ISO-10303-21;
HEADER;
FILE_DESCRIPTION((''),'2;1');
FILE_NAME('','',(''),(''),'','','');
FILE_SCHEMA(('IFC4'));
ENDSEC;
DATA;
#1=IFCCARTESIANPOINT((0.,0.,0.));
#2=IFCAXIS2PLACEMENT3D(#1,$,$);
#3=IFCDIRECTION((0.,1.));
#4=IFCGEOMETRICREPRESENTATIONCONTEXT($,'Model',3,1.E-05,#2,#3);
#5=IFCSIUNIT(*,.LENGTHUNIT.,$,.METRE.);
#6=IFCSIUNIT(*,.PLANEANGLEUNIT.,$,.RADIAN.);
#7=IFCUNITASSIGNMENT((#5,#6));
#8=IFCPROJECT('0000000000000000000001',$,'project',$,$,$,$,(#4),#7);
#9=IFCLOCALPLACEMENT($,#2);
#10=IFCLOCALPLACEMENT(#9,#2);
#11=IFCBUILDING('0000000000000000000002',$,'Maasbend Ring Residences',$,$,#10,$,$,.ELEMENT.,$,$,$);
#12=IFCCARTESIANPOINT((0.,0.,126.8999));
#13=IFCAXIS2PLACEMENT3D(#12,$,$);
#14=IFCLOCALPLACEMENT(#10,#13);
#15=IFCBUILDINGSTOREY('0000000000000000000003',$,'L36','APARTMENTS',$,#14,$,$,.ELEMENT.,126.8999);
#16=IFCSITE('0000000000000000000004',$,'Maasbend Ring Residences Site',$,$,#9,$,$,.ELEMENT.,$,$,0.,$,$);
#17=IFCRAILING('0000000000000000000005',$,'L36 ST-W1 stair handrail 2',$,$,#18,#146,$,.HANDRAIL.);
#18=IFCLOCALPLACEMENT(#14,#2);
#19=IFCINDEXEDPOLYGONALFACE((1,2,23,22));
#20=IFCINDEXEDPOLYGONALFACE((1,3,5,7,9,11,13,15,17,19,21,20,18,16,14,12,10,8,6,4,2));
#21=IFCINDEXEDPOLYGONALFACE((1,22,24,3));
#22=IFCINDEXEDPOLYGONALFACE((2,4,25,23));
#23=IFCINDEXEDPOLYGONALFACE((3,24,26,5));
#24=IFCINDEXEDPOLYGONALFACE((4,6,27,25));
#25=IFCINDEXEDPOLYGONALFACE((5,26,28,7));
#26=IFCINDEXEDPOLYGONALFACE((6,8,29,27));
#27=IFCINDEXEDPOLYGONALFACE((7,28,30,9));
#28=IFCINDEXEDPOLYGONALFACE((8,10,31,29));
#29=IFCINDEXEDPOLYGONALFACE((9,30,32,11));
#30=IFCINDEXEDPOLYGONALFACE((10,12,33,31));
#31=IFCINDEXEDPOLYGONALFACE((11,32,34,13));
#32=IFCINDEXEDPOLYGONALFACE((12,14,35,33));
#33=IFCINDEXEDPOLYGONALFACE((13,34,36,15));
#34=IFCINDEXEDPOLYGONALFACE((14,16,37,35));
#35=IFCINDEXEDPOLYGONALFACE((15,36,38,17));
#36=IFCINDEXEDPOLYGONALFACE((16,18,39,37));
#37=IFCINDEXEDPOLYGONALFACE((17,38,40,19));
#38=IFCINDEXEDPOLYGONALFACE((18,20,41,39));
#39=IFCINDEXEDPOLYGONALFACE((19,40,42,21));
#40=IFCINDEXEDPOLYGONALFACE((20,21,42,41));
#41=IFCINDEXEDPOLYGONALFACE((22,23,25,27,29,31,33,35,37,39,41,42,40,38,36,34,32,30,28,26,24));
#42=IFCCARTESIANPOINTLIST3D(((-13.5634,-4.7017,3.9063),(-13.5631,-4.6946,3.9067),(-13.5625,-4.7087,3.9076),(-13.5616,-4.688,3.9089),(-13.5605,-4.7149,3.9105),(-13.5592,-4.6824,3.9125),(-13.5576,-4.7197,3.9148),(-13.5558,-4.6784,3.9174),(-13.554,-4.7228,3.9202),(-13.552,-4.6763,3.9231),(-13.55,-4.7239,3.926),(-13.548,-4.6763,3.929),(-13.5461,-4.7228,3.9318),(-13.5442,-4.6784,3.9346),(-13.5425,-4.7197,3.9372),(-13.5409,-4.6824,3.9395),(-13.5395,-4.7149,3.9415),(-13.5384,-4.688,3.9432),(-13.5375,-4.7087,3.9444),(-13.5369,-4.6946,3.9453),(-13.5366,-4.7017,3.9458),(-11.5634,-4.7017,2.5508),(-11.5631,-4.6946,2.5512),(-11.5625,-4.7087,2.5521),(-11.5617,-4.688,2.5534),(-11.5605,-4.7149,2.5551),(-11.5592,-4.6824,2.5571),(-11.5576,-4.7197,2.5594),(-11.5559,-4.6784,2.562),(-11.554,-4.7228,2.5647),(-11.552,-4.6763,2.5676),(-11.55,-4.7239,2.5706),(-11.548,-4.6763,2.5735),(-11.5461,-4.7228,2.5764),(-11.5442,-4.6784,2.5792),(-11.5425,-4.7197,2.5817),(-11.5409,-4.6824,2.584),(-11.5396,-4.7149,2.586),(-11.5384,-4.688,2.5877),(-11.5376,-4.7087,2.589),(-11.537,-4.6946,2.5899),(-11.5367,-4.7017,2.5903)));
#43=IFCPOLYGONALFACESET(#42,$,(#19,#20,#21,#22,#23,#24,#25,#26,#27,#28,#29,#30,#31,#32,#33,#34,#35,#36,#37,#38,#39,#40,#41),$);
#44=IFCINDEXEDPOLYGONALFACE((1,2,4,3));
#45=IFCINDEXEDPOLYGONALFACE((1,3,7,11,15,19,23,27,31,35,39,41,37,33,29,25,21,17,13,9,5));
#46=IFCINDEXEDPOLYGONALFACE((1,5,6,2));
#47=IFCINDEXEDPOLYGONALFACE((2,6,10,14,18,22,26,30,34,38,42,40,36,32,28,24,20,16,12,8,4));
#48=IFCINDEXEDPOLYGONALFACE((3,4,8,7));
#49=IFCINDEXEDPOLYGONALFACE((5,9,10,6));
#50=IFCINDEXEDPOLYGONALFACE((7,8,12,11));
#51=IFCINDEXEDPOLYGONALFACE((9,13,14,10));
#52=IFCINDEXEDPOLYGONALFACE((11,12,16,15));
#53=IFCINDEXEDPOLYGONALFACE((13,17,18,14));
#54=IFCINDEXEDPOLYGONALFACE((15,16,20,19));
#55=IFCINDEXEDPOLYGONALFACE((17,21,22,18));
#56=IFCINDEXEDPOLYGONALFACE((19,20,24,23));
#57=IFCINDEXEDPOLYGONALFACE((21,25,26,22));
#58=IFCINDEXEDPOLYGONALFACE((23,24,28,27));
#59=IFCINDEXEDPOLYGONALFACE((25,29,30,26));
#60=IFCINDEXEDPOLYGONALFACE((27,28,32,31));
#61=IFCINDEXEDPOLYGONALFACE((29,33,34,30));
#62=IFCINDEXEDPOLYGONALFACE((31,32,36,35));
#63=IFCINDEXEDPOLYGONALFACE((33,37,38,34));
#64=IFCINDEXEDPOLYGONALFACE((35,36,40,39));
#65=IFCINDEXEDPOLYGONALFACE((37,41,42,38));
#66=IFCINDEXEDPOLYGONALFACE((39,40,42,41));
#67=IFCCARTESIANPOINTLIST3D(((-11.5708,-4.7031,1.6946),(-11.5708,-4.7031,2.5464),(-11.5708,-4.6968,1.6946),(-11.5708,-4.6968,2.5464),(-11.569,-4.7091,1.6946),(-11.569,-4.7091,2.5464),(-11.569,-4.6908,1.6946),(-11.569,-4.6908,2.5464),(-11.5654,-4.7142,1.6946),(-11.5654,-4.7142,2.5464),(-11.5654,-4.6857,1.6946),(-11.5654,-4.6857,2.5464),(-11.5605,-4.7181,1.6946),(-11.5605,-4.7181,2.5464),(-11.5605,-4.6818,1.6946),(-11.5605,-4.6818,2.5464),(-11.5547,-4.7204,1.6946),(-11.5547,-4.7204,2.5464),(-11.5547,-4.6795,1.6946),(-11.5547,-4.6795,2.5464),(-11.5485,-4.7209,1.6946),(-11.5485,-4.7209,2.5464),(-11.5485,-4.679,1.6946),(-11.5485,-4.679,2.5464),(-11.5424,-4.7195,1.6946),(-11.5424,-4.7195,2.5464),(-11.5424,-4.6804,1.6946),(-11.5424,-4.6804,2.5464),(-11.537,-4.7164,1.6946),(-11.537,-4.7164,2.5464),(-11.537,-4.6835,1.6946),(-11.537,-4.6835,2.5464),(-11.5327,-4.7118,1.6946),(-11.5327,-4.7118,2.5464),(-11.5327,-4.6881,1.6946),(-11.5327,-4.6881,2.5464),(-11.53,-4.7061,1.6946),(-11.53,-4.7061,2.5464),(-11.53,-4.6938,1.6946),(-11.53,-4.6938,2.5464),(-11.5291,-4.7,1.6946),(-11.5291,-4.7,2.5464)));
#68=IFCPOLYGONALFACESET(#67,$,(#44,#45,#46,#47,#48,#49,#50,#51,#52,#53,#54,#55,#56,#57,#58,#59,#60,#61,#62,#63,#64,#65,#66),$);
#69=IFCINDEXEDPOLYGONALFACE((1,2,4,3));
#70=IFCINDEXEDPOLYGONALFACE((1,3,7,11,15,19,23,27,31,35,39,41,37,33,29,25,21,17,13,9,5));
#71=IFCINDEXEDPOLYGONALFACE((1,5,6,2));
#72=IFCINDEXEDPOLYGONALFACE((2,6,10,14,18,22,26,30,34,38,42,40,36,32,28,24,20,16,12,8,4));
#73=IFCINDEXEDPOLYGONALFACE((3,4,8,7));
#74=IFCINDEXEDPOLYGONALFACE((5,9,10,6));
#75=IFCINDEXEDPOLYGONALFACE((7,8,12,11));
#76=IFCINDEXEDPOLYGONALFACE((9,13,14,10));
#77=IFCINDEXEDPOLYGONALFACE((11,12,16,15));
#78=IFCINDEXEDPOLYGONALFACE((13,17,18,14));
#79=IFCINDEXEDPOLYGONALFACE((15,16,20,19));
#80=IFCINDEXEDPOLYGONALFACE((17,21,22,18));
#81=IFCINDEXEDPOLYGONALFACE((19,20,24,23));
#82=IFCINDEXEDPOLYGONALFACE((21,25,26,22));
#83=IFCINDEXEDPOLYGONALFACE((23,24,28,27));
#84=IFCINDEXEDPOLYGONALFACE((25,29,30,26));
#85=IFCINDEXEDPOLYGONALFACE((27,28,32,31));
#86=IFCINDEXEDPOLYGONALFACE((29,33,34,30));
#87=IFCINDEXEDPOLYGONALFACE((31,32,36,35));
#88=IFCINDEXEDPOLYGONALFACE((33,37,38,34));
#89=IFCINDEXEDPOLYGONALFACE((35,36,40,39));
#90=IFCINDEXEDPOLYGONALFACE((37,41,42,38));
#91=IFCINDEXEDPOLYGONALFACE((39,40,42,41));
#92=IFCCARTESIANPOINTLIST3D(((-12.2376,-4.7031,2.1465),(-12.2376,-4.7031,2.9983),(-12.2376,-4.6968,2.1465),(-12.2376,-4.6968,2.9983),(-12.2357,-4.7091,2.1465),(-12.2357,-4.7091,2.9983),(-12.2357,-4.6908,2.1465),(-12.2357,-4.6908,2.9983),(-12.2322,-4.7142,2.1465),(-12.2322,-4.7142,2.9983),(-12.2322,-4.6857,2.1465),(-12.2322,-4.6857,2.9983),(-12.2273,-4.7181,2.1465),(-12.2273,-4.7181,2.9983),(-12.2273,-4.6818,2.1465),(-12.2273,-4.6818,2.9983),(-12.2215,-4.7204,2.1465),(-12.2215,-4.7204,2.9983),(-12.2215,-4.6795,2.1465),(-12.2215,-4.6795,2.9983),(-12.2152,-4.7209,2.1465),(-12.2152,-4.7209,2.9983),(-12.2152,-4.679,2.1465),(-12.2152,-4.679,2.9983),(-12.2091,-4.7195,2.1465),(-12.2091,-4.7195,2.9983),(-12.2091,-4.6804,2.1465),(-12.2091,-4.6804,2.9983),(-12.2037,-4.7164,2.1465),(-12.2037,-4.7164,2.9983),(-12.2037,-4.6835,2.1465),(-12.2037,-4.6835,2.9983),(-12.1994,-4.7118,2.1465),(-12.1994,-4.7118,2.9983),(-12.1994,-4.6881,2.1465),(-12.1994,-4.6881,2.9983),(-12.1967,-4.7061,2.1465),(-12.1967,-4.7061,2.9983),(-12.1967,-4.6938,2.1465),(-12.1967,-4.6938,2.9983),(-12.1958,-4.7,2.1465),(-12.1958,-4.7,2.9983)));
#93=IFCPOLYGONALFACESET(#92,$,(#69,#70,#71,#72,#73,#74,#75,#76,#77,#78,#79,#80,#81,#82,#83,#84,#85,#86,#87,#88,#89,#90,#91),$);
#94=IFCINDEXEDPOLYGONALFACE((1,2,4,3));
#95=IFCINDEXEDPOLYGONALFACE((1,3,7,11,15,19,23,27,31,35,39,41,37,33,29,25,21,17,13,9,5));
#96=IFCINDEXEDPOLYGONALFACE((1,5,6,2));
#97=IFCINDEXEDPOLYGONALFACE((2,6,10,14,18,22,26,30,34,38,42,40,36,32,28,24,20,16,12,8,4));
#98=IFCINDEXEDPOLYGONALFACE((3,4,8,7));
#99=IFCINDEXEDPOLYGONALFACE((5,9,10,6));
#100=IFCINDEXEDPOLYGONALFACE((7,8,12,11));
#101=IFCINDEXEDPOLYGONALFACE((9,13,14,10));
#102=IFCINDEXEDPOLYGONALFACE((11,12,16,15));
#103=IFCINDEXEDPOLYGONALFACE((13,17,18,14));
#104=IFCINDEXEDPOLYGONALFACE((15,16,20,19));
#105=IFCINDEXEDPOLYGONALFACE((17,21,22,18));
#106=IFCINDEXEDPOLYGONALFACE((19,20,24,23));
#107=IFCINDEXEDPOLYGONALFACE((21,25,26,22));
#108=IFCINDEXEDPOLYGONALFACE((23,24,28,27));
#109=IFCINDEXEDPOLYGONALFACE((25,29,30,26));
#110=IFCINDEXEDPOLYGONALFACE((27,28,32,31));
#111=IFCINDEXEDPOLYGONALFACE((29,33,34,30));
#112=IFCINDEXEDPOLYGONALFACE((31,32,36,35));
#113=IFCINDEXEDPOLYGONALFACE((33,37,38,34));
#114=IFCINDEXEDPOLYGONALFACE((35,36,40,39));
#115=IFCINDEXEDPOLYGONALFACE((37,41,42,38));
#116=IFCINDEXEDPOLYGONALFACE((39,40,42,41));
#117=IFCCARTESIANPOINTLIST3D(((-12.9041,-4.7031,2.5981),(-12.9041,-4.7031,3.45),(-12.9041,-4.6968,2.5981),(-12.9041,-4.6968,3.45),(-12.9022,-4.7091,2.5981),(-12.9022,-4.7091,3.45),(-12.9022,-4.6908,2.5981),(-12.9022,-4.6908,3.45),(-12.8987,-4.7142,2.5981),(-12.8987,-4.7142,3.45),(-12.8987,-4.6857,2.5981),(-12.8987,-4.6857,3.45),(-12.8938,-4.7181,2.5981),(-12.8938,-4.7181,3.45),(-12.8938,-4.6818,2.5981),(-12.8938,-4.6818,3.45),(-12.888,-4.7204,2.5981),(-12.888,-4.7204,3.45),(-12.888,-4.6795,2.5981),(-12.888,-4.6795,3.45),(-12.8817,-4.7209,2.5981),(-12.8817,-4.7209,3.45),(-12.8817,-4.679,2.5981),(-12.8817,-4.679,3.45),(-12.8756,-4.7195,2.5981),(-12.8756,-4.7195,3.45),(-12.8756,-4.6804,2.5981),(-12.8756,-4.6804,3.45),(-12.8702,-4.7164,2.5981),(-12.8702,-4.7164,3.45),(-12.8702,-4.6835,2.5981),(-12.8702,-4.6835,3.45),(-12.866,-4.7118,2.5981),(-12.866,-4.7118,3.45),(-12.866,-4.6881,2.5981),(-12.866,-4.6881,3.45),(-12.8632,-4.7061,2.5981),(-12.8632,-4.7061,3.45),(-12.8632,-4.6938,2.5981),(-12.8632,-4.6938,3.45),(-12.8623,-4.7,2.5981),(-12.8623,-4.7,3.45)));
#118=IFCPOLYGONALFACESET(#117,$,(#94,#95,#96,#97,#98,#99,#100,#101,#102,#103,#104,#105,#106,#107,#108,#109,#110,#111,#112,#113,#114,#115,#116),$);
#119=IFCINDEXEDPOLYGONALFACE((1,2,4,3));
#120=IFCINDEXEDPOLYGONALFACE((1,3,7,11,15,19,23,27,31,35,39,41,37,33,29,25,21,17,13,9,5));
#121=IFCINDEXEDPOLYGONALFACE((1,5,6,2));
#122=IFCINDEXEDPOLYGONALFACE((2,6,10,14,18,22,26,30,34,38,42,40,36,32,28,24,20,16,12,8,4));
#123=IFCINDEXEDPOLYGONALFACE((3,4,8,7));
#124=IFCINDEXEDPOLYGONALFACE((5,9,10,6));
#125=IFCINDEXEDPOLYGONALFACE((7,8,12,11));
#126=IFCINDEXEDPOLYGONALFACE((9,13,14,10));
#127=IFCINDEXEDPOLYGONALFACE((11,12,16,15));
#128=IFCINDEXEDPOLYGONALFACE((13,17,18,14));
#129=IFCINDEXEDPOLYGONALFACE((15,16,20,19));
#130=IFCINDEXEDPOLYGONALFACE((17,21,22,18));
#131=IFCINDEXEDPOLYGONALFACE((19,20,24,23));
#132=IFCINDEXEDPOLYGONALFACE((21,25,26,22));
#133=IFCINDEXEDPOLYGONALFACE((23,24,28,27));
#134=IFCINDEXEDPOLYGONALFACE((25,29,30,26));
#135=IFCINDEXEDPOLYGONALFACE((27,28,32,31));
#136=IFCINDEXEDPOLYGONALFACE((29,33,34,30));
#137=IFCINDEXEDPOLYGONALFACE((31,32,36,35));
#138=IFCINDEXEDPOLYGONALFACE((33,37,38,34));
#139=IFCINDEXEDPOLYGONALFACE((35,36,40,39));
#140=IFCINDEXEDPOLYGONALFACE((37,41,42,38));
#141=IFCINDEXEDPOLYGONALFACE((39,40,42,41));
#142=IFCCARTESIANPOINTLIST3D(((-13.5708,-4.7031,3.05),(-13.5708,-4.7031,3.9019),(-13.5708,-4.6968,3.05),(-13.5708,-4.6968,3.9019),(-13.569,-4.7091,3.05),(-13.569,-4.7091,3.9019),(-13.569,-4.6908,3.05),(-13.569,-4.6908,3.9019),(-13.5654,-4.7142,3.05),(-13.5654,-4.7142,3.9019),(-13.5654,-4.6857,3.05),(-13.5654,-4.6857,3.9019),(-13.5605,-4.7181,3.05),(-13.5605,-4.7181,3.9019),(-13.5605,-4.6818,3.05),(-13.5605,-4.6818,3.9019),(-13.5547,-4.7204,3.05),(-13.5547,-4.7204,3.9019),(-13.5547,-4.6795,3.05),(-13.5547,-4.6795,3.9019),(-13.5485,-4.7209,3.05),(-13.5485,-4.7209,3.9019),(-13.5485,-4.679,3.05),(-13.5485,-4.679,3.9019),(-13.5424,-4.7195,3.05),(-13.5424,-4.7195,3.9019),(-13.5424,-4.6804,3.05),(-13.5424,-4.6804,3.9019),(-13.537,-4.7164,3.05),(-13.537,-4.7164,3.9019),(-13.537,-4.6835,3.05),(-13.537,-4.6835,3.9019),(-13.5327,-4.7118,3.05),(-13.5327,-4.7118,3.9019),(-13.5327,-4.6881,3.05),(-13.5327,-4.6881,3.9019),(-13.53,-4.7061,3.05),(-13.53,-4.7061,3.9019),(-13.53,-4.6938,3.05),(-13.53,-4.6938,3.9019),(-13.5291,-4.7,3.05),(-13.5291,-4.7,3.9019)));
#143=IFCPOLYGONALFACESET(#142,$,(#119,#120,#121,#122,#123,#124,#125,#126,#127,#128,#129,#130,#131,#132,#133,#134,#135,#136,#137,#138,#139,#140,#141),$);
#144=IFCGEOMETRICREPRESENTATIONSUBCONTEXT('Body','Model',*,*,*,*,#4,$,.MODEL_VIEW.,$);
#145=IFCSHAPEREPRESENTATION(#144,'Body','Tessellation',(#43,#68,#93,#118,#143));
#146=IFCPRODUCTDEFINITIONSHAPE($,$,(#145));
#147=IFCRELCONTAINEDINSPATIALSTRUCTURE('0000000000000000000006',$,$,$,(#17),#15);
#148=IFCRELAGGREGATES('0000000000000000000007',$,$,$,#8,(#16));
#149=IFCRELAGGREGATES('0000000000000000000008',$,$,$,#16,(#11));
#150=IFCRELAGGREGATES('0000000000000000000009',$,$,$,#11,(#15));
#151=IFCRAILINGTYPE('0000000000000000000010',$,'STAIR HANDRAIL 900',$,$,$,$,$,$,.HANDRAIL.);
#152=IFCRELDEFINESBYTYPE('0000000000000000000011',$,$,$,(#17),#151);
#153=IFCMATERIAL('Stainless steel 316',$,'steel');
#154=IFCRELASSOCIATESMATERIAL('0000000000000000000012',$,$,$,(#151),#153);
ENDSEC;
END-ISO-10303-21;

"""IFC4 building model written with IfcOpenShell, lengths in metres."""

from ifc_helpers import new_model, si_unit, direction, frame, origin, origin_2d, place, context, subcontext, project, spatial, circle, extrude, material, type_object, element, save


model = new_model("IFC4")

# Units and contexts
model_context = context("Model", 3, precision=1e-05, world=origin(), true_north=direction((0.0, 1.0)))
body_context = subcontext(model_context, "Body", "Model", "MODEL_VIEW")
ifc_project = project(units=[si_unit("LENGTHUNIT", "METRE"), si_unit("PLANEANGLEUNIT", "RADIAN")], contexts=[model_context])

# Site, building, storey
site_placement = place(None, origin())
site = spatial("IfcSite", under=ifc_project, at=site_placement, Name="Maasbend Ring Residences Site", CompositionType="ELEMENT", RefElevation=0.0)
building_placement = place(site_placement, origin())
building = spatial("IfcBuilding", under=site, at=building_placement, Name="Maasbend Ring Residences", CompositionType="ELEMENT")
storey_placement = place(building_placement, frame((0.0, 0.0, 126.8999)))
storey = spatial("IfcBuildingStorey", under=building, at=storey_placement, Name="L36", Description="APARTMENTS", CompositionType="ELEMENT", Elevation=126.8999)

# Railing
ifc_material_1 = material(Name="Stainless steel 316", Category="steel")
railing_type_1 = type_object("IfcRailingType", Name="STAIR HANDRAIL 900", PredefinedType="HANDRAIL", material=ifc_material_1)
railing_1_placement = place(storey_placement, frame((-11.55, -4.7, 1.6946)))
element("IfcRailing", 1, at=railing_1_placement, inside=storey, type_object=railing_type_1, Name="L36 ST-W1 stair handrail 2", PredefinedType="HANDRAIL", context=body_context, shape_type="SweptSolid", body=[
    extrude(circle(Radius=0.0239, at=origin_2d()), frame((0.0, 0.0, 0.876), z_axis=(-0.827798, 0.0, 0.561027), x_axis=(0.0, -1.0, 0.0)), (0.0, 0.0, 1.0), 2.416),
    extrude(circle(Radius=0.021, at=origin_2d()), origin(), (0.0, 0.0, 1.0), 0.8518),
    extrude(circle(Radius=0.021, at=origin_2d()), frame((-0.6667, 0.0, 0.4519)), (0.0, 0.0, 1.0), 0.8518),
    extrude(circle(Radius=0.021, at=origin_2d()), frame((-1.3333, 0.0, 0.9036)), (0.0, 0.0, 1.0), 0.8518),
    extrude(circle(Radius=0.021, at=origin_2d()), frame((-2.0, 0.0, 1.3555)), (0.0, 0.0, 1.0), 0.8518),
])

save(model, "model.ifc")
